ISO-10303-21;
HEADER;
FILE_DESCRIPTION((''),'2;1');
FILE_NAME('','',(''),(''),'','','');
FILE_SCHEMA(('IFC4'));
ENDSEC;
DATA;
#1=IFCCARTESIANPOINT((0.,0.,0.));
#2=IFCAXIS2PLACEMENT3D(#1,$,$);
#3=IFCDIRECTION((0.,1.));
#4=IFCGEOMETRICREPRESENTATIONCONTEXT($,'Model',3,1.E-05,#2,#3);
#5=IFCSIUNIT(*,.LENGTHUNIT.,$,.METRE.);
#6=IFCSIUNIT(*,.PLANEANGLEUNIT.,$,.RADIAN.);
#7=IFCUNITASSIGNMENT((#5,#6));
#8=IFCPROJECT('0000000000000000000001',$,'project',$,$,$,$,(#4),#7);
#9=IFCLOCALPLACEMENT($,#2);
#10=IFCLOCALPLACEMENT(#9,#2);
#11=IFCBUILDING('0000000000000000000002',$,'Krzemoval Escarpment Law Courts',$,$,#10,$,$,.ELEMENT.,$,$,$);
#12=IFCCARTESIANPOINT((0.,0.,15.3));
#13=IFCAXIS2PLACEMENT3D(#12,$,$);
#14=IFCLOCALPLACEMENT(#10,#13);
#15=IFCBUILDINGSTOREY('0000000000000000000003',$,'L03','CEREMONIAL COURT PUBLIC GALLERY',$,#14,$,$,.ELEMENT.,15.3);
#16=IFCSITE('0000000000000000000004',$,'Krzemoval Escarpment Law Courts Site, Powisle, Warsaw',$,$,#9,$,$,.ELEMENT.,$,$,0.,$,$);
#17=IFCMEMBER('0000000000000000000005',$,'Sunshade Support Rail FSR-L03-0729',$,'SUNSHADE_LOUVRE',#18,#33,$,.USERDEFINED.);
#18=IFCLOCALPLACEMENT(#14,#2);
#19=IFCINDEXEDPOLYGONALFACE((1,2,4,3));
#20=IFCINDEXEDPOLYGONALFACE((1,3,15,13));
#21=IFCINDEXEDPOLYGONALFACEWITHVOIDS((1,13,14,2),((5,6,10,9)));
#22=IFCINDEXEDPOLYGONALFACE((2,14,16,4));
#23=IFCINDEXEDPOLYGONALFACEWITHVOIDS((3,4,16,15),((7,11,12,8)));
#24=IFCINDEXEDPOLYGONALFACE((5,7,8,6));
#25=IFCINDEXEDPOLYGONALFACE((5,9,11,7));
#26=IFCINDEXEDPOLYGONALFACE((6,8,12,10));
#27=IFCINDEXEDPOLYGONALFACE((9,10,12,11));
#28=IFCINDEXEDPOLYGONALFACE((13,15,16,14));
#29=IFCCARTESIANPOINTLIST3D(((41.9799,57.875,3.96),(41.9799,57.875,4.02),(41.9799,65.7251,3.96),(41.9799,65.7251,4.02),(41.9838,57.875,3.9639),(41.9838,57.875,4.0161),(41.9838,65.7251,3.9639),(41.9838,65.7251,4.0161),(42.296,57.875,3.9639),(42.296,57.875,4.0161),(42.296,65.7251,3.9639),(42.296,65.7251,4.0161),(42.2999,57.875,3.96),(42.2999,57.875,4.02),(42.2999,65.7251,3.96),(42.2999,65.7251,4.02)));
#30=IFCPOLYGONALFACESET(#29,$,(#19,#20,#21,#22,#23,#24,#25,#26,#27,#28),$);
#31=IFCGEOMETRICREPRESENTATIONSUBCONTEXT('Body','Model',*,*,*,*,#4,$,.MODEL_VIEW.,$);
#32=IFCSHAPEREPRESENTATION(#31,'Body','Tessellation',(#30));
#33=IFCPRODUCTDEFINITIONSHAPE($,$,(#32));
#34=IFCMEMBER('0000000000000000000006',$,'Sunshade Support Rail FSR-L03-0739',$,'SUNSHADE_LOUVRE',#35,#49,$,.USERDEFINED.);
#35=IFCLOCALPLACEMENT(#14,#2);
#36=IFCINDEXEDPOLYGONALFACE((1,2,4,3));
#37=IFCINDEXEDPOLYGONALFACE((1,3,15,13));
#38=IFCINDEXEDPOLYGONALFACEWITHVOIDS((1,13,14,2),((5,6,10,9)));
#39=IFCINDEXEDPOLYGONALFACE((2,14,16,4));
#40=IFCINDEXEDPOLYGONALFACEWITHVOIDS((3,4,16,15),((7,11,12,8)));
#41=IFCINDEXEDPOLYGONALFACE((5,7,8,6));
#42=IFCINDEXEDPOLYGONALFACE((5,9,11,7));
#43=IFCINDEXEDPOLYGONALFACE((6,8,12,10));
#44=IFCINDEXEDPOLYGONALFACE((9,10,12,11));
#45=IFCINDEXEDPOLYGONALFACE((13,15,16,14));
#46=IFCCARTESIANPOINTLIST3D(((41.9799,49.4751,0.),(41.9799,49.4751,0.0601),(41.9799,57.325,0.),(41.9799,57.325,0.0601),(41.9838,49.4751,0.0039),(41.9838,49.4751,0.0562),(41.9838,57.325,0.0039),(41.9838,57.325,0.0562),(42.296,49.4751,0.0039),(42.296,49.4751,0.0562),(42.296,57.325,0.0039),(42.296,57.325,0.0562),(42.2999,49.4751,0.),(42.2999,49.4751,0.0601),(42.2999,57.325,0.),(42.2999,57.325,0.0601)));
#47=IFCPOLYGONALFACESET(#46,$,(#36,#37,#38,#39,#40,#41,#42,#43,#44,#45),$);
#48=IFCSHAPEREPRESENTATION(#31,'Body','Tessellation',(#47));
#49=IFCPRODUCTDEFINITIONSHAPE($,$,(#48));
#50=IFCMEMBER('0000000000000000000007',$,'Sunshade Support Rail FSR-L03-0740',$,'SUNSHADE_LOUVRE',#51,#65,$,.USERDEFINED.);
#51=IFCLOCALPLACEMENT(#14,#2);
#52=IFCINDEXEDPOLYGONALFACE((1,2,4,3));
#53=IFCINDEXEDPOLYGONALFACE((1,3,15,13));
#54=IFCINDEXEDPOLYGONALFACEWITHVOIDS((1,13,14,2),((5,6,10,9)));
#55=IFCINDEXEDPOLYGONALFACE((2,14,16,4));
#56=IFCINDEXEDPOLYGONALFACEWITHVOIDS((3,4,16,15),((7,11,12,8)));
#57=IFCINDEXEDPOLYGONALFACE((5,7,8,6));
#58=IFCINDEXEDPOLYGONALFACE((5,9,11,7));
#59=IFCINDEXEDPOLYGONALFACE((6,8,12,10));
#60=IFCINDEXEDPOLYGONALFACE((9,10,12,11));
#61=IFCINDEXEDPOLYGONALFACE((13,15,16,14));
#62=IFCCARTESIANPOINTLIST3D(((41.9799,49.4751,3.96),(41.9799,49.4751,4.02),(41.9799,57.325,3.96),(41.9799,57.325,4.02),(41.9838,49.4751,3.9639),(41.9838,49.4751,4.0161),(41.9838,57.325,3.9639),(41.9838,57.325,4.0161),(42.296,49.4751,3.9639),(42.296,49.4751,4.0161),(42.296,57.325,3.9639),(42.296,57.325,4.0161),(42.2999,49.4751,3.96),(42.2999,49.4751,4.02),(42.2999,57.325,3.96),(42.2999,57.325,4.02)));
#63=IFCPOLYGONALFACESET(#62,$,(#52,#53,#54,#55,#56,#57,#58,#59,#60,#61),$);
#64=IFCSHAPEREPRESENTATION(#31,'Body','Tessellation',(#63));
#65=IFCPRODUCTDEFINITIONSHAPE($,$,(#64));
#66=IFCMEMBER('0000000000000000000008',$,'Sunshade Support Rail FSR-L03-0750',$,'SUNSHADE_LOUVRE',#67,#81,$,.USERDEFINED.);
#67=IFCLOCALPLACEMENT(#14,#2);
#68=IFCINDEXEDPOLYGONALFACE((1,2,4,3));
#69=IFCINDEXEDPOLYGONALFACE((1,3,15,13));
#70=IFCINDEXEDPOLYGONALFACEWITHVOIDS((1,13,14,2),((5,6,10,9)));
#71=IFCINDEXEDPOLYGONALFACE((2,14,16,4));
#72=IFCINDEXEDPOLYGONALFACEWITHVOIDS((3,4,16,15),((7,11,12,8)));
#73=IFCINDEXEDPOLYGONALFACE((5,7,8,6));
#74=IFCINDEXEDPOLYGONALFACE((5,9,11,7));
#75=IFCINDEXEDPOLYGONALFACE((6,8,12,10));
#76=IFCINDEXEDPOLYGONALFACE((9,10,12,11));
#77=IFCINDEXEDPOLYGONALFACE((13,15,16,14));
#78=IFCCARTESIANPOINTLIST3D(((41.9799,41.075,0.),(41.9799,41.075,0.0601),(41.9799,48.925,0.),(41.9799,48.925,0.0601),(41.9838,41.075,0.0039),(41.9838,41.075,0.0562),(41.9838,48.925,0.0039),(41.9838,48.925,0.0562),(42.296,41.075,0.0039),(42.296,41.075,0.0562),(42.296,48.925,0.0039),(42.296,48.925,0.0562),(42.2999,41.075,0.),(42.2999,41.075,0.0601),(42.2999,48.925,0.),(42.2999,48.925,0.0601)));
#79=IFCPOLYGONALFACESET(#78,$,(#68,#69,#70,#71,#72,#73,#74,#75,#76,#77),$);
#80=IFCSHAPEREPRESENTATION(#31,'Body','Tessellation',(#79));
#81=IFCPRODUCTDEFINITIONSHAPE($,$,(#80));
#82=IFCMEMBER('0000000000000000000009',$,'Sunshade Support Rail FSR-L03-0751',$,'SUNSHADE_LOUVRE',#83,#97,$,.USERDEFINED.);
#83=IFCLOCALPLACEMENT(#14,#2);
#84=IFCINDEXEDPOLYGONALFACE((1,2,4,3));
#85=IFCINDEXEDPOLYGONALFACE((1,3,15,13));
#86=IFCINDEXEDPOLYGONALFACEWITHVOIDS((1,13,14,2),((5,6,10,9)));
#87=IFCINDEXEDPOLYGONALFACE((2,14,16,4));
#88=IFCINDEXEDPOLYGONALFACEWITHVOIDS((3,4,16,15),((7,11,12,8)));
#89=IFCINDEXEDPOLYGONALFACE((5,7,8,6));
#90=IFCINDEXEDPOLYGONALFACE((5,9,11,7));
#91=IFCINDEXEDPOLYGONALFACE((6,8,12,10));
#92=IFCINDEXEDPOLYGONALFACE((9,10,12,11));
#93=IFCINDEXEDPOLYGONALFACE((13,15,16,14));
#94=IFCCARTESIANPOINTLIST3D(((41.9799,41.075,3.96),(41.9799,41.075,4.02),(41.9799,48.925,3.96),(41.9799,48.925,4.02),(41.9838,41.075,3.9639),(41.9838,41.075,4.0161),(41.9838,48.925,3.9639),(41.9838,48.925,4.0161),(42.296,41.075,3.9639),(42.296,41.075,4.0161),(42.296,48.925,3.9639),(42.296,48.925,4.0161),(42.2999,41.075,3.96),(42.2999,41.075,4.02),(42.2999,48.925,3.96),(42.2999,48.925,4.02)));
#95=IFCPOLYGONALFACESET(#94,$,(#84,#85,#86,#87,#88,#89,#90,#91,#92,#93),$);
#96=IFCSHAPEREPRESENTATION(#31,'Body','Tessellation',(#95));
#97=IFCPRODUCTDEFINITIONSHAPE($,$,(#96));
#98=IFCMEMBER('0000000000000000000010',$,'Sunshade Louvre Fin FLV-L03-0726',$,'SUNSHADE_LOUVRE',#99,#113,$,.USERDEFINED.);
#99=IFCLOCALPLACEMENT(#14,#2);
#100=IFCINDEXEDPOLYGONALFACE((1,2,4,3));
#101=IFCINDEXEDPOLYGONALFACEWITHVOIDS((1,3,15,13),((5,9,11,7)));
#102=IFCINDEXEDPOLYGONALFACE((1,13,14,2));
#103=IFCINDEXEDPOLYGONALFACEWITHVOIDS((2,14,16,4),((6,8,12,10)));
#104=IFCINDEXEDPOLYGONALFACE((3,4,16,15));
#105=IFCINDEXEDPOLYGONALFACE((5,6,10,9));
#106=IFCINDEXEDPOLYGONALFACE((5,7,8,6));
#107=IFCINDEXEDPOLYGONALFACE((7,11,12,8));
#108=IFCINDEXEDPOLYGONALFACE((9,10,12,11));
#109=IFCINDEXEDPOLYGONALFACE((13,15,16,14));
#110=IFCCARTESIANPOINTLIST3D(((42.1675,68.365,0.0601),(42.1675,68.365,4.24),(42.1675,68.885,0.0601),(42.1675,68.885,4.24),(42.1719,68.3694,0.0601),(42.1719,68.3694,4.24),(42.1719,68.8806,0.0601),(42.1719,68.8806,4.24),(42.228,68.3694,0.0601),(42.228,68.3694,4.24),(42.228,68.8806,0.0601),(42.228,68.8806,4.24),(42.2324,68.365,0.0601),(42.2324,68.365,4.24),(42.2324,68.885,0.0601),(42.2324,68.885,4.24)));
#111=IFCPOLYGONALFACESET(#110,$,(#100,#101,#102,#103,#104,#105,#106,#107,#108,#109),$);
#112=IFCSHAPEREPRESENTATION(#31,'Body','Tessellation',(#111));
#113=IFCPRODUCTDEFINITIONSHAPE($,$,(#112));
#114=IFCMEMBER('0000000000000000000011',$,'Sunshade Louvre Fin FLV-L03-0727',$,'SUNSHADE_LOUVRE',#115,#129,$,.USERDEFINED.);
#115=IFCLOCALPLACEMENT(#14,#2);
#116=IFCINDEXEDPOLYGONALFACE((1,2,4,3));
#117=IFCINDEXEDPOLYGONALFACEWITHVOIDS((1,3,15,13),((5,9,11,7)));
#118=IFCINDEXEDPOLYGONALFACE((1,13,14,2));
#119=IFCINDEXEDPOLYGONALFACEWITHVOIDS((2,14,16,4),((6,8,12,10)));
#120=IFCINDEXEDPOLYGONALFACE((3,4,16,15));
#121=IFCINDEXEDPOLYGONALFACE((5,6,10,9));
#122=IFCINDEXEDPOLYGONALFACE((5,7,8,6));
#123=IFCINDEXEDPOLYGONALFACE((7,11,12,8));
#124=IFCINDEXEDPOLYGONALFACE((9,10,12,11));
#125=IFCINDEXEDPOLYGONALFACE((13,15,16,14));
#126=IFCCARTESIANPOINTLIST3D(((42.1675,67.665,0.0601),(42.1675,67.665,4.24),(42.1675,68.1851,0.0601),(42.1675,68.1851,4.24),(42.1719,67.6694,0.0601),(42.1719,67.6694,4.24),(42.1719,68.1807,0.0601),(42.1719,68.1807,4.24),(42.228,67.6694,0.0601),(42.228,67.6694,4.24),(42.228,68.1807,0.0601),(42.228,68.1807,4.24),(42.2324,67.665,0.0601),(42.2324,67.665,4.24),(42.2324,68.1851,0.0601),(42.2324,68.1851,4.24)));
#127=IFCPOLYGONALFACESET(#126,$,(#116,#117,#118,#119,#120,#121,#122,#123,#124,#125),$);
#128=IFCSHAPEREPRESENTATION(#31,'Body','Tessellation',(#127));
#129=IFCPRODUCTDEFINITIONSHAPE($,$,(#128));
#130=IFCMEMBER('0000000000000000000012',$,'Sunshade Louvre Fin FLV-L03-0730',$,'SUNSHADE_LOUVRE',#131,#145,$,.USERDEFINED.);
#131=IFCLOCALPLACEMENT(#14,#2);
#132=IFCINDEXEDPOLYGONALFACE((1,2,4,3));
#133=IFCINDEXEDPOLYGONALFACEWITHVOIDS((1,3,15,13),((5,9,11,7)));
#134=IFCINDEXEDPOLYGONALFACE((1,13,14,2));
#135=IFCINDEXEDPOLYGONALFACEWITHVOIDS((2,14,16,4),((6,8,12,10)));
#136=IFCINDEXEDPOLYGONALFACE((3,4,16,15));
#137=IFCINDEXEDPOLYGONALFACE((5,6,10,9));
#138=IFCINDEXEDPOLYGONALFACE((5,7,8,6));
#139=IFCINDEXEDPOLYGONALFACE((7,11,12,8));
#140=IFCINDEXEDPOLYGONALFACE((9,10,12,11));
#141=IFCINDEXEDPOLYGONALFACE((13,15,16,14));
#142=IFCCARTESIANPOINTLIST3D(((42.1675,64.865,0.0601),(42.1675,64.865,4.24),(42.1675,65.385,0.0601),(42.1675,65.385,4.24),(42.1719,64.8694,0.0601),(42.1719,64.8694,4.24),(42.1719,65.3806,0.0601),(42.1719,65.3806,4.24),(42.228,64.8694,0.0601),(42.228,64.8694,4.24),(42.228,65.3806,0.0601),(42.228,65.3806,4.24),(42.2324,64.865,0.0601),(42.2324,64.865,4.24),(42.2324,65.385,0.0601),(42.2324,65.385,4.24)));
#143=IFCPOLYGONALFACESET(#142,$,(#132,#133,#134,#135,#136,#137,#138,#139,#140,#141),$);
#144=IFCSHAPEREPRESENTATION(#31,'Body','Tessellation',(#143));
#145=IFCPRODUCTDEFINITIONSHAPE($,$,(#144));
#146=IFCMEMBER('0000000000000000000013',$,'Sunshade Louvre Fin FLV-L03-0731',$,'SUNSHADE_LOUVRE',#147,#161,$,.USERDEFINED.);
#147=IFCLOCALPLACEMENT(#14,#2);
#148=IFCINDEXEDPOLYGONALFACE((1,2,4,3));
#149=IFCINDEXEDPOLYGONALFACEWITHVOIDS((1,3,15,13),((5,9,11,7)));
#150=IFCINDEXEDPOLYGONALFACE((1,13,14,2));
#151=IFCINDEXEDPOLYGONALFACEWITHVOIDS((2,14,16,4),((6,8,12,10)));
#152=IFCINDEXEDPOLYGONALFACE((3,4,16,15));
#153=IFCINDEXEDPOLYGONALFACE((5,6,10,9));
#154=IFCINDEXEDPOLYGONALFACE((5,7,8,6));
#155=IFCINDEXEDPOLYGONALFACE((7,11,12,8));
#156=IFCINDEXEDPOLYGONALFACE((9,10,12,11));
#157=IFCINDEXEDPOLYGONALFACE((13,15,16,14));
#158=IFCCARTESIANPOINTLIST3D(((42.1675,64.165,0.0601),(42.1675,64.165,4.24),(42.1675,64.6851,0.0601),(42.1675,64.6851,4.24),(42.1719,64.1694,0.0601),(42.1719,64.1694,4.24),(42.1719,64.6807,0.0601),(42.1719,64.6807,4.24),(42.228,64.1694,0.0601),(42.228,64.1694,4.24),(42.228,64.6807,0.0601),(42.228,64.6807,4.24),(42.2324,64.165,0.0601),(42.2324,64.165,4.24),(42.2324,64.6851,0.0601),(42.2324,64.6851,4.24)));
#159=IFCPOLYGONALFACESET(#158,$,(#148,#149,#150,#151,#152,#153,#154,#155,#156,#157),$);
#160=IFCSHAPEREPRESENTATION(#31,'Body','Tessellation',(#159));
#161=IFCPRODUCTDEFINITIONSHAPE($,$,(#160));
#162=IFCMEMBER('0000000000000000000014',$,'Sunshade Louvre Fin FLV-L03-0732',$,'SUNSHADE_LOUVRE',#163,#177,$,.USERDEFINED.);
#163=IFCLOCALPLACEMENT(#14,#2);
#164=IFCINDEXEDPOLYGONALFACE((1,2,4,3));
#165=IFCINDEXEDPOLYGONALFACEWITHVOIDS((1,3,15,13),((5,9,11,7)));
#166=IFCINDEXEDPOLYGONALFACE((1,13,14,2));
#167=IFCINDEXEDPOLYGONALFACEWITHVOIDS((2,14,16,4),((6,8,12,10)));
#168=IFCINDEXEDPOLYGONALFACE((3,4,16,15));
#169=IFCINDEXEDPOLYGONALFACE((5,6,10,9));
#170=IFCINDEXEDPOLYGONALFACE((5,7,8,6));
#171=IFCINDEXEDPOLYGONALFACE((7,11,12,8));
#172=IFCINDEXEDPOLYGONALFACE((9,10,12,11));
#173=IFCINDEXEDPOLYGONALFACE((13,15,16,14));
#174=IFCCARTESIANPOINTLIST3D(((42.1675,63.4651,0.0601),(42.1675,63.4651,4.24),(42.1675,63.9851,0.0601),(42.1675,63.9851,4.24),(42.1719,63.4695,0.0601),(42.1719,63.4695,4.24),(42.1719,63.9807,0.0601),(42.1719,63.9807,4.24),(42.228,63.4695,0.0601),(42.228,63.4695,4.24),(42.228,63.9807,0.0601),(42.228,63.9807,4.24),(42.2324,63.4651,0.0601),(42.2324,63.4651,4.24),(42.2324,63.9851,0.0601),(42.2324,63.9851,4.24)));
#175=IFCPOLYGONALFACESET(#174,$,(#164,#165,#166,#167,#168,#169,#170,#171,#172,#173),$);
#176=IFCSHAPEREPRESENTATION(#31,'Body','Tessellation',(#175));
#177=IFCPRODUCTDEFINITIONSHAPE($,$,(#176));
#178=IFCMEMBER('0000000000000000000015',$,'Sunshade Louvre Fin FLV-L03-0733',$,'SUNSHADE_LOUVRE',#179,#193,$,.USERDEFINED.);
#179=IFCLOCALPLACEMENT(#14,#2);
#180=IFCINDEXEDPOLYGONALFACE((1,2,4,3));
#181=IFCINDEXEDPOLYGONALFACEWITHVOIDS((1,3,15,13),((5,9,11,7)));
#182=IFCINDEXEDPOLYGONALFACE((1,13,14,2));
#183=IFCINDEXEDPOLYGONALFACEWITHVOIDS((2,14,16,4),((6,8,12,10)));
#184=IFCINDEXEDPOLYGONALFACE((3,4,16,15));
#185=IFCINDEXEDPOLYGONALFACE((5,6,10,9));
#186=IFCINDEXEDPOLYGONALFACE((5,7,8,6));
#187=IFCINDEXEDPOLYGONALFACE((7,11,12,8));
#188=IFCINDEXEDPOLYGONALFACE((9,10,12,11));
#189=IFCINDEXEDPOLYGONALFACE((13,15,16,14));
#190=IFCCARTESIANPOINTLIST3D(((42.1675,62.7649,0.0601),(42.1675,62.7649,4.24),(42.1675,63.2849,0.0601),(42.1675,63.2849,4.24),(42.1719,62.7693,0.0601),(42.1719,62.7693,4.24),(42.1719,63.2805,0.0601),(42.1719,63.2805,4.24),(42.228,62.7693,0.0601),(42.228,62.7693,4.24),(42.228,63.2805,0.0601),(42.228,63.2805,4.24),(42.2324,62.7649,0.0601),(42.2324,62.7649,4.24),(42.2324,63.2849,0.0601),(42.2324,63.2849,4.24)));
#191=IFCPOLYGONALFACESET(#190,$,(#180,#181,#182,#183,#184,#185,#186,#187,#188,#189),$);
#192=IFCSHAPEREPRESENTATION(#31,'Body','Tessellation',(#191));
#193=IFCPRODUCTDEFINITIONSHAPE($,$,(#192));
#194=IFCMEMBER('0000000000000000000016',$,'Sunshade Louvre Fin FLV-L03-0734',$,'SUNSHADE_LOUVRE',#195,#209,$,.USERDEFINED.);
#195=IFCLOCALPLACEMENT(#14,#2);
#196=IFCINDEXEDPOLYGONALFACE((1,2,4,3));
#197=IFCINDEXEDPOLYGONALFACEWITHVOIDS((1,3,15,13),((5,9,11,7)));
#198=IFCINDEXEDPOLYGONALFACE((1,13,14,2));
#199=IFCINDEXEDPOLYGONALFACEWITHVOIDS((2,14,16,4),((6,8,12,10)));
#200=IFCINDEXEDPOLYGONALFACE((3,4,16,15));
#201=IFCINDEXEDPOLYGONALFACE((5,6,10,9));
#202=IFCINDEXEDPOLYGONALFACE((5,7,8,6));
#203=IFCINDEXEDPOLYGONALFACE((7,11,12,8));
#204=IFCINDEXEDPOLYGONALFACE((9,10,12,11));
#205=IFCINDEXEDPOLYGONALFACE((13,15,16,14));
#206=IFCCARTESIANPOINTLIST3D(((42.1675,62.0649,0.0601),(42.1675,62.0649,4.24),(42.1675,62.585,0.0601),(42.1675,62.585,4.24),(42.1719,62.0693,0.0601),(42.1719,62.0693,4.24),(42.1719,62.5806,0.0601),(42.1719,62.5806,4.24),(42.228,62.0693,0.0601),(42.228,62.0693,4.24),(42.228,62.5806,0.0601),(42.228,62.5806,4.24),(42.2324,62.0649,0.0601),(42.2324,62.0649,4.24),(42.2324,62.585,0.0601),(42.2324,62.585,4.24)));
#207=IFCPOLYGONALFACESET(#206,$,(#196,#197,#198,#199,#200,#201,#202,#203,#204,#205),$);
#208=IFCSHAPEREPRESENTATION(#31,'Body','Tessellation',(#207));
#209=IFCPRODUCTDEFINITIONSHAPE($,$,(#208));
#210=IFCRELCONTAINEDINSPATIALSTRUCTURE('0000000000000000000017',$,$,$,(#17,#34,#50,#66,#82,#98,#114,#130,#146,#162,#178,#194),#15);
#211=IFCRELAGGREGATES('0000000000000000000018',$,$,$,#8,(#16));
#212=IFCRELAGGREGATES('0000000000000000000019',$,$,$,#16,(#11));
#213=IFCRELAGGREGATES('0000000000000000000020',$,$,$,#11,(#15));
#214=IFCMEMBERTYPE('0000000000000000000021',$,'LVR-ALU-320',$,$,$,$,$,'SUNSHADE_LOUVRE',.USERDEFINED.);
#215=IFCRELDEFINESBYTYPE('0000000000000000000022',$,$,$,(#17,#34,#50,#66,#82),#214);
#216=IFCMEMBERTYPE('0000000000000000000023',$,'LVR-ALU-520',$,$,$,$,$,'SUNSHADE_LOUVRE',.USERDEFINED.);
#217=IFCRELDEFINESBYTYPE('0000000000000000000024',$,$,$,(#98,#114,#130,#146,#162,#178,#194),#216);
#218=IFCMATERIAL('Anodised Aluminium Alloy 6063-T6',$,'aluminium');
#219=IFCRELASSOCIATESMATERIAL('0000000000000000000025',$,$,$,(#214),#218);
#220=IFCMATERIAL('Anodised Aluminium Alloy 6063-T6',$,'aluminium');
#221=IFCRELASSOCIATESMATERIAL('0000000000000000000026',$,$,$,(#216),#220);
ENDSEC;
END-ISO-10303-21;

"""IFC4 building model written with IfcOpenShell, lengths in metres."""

from ifc_helpers import new_model, si_unit, direction, frame, origin, origin_2d, place, context, subcontext, project, spatial, hollow_rectangle, extrude, material, material_profile, profile_set, type_object, element, save


model = new_model("IFC4")

# Units and contexts
model_context = context("Model", 3, precision=1e-05, world=origin(), true_north=direction((0.0, 1.0)))
body_context = subcontext(model_context, "Body", "Model", "MODEL_VIEW")
ifc_project = project(units=[si_unit("LENGTHUNIT", "METRE"), si_unit("PLANEANGLEUNIT", "RADIAN")], contexts=[model_context])

# Site, building, storey
site_placement = place(None, origin())
site = spatial("IfcSite", under=ifc_project, at=site_placement, Name="Krzemoval Escarpment Law Courts Site, Powisle, Warsaw", CompositionType="ELEMENT", RefElevation=0.0)
building_placement = place(site_placement, origin())
building = spatial("IfcBuilding", under=site, at=building_placement, Name="Krzemoval Escarpment Law Courts", CompositionType="ELEMENT")
storey_placement = place(building_placement, frame((0.0, 0.0, 15.3)))
storey = spatial("IfcBuildingStorey", under=building, at=storey_placement, Name="L03", Description="CEREMONIAL COURT PUBLIC GALLERY", CompositionType="ELEMENT", Elevation=15.3)

# Members
ifc_material_1 = material(Name="Anodised Aluminium Alloy 6063-T6", Category="aluminium")
ifc_material_profile_1 = material_profile(ifc_material_1, hollow_rectangle(XDim=0.0601, YDim=0.3201, WallThickness=0.0039, at=origin_2d()), Name="ALU LVR 60x320")
ifc_profile_set_1 = profile_set([ifc_material_profile_1], Name="Anodised Aluminium Alloy 6063-T6")
member_type_1 = type_object("IfcMemberType", Name="LVR-ALU-320", ElementType="SUNSHADE_LOUVRE", PredefinedType="USERDEFINED", material=ifc_profile_set_1)
for number, where, z_axis, x_axis, name in (
    (1, (42.1399, 65.7251, 3.99), (0.0, -1.0, 0.0), (0.0, 0.0, 1.0), "Sunshade Support Rail FSR-L03-0729"),
):
    element("IfcMember", number, at=place(storey_placement, frame(where, z_axis=z_axis, x_axis=x_axis)), inside=storey, type_object=member_type_1, Name=name, ObjectType="SUNSHADE_LOUVRE", PredefinedType="USERDEFINED", context=body_context, shape_type="SweptSolid", body=[
        extrude(hollow_rectangle(XDim=0.0601, YDim=0.3201, WallThickness=0.0039, at=origin_2d()), origin(), (0.0, 0.0, 1.0), 7.8501),
    ])
for number, where, z_axis, x_axis, name in (
    (2, (42.1399, 57.325, 0.03), (0.0, -1.0, 0.0), (0.0, 0.0, 1.0), "Sunshade Support Rail FSR-L03-0739"),
    (3, (42.1399, 57.325, 3.99), (0.0, -1.0, 0.0), (0.0, 0.0, 1.0), "Sunshade Support Rail FSR-L03-0740"),
):
    element("IfcMember", number, at=place(storey_placement, frame(where, z_axis=z_axis, x_axis=x_axis)), inside=storey, type_object=member_type_1, Name=name, ObjectType="SUNSHADE_LOUVRE", PredefinedType="USERDEFINED", context=body_context, shape_type="SweptSolid", body=[
        extrude(hollow_rectangle(XDim=0.0601, YDim=0.3201, WallThickness=0.0039, at=origin_2d()), origin(), (0.0, 0.0, 1.0), 7.8499),
    ])
for number, where, z_axis, x_axis, name in (
    (4, (42.1399, 48.925, 0.03), (0.0, -1.0, 0.0), (0.0, 0.0, 1.0), "Sunshade Support Rail FSR-L03-0750"),
    (5, (42.1399, 48.925, 3.99), (0.0, -1.0, 0.0), (0.0, 0.0, 1.0), "Sunshade Support Rail FSR-L03-0751"),
):
    element("IfcMember", number, at=place(storey_placement, frame(where, z_axis=z_axis, x_axis=x_axis)), inside=storey, type_object=member_type_1, Name=name, ObjectType="SUNSHADE_LOUVRE", PredefinedType="USERDEFINED", context=body_context, shape_type="SweptSolid", body=[
        extrude(hollow_rectangle(XDim=0.0601, YDim=0.3201, WallThickness=0.0039, at=origin_2d()), origin(), (0.0, 0.0, 1.0), 7.8501),
    ])
ifc_material_2 = material(Name="Anodised Aluminium Alloy 6063-T6", Category="aluminium")
ifc_material_profile_2 = material_profile(ifc_material_2, hollow_rectangle(XDim=0.0649, YDim=0.52, WallThickness=0.0044, at=origin_2d()), Name="ALU LVR 65x520")
ifc_profile_set_2 = profile_set([ifc_material_profile_2], Name="Anodised Aluminium Alloy 6063-T6")
member_type_2 = type_object("IfcMemberType", Name="LVR-ALU-520", ElementType="SUNSHADE_LOUVRE", PredefinedType="USERDEFINED", material=ifc_profile_set_2)
for number, where, z_axis, x_axis, name in (
    (6, (42.2, 68.625, 0.0601), (0.0, 0.0, 1.0), (1.0, 0.0, 0.0), "Sunshade Louvre Fin FLV-L03-0726"),
    (7, (42.2, 67.925, 0.0601), (0.0, 0.0, 1.0), (1.0, 0.0, 0.0), "Sunshade Louvre Fin FLV-L03-0727"),
    (8, (42.2, 65.125, 0.0601), (0.0, 0.0, 1.0), (1.0, 0.0, 0.0), "Sunshade Louvre Fin FLV-L03-0730"),
    (9, (42.2, 64.425, 0.0601), (0.0, 0.0, 1.0), (1.0, 0.0, 0.0), "Sunshade Louvre Fin FLV-L03-0731"),
    (10, (42.2, 63.7251, 0.0601), (0.0, 0.0, 1.0), (1.0, 0.0, 0.0), "Sunshade Louvre Fin FLV-L03-0732"),
    (11, (42.2, 63.0249, 0.0601), (0.0, 0.0, 1.0), (1.0, 0.0, 0.0), "Sunshade Louvre Fin FLV-L03-0733"),
    (12, (42.2, 62.325, 0.0601), (0.0, 0.0, 1.0), (1.0, 0.0, 0.0), "Sunshade Louvre Fin FLV-L03-0734"),
):
    element("IfcMember", number, at=place(storey_placement, frame(where, z_axis=z_axis, x_axis=x_axis)), inside=storey, type_object=member_type_2, Name=name, ObjectType="SUNSHADE_LOUVRE", PredefinedType="USERDEFINED", context=body_context, shape_type="SweptSolid", body=[
        extrude(hollow_rectangle(XDim=0.0649, YDim=0.52, WallThickness=0.0044, at=origin_2d()), origin(), (0.0, 0.0, 1.0), 4.1799),
    ])

save(model, "model.ifc")
